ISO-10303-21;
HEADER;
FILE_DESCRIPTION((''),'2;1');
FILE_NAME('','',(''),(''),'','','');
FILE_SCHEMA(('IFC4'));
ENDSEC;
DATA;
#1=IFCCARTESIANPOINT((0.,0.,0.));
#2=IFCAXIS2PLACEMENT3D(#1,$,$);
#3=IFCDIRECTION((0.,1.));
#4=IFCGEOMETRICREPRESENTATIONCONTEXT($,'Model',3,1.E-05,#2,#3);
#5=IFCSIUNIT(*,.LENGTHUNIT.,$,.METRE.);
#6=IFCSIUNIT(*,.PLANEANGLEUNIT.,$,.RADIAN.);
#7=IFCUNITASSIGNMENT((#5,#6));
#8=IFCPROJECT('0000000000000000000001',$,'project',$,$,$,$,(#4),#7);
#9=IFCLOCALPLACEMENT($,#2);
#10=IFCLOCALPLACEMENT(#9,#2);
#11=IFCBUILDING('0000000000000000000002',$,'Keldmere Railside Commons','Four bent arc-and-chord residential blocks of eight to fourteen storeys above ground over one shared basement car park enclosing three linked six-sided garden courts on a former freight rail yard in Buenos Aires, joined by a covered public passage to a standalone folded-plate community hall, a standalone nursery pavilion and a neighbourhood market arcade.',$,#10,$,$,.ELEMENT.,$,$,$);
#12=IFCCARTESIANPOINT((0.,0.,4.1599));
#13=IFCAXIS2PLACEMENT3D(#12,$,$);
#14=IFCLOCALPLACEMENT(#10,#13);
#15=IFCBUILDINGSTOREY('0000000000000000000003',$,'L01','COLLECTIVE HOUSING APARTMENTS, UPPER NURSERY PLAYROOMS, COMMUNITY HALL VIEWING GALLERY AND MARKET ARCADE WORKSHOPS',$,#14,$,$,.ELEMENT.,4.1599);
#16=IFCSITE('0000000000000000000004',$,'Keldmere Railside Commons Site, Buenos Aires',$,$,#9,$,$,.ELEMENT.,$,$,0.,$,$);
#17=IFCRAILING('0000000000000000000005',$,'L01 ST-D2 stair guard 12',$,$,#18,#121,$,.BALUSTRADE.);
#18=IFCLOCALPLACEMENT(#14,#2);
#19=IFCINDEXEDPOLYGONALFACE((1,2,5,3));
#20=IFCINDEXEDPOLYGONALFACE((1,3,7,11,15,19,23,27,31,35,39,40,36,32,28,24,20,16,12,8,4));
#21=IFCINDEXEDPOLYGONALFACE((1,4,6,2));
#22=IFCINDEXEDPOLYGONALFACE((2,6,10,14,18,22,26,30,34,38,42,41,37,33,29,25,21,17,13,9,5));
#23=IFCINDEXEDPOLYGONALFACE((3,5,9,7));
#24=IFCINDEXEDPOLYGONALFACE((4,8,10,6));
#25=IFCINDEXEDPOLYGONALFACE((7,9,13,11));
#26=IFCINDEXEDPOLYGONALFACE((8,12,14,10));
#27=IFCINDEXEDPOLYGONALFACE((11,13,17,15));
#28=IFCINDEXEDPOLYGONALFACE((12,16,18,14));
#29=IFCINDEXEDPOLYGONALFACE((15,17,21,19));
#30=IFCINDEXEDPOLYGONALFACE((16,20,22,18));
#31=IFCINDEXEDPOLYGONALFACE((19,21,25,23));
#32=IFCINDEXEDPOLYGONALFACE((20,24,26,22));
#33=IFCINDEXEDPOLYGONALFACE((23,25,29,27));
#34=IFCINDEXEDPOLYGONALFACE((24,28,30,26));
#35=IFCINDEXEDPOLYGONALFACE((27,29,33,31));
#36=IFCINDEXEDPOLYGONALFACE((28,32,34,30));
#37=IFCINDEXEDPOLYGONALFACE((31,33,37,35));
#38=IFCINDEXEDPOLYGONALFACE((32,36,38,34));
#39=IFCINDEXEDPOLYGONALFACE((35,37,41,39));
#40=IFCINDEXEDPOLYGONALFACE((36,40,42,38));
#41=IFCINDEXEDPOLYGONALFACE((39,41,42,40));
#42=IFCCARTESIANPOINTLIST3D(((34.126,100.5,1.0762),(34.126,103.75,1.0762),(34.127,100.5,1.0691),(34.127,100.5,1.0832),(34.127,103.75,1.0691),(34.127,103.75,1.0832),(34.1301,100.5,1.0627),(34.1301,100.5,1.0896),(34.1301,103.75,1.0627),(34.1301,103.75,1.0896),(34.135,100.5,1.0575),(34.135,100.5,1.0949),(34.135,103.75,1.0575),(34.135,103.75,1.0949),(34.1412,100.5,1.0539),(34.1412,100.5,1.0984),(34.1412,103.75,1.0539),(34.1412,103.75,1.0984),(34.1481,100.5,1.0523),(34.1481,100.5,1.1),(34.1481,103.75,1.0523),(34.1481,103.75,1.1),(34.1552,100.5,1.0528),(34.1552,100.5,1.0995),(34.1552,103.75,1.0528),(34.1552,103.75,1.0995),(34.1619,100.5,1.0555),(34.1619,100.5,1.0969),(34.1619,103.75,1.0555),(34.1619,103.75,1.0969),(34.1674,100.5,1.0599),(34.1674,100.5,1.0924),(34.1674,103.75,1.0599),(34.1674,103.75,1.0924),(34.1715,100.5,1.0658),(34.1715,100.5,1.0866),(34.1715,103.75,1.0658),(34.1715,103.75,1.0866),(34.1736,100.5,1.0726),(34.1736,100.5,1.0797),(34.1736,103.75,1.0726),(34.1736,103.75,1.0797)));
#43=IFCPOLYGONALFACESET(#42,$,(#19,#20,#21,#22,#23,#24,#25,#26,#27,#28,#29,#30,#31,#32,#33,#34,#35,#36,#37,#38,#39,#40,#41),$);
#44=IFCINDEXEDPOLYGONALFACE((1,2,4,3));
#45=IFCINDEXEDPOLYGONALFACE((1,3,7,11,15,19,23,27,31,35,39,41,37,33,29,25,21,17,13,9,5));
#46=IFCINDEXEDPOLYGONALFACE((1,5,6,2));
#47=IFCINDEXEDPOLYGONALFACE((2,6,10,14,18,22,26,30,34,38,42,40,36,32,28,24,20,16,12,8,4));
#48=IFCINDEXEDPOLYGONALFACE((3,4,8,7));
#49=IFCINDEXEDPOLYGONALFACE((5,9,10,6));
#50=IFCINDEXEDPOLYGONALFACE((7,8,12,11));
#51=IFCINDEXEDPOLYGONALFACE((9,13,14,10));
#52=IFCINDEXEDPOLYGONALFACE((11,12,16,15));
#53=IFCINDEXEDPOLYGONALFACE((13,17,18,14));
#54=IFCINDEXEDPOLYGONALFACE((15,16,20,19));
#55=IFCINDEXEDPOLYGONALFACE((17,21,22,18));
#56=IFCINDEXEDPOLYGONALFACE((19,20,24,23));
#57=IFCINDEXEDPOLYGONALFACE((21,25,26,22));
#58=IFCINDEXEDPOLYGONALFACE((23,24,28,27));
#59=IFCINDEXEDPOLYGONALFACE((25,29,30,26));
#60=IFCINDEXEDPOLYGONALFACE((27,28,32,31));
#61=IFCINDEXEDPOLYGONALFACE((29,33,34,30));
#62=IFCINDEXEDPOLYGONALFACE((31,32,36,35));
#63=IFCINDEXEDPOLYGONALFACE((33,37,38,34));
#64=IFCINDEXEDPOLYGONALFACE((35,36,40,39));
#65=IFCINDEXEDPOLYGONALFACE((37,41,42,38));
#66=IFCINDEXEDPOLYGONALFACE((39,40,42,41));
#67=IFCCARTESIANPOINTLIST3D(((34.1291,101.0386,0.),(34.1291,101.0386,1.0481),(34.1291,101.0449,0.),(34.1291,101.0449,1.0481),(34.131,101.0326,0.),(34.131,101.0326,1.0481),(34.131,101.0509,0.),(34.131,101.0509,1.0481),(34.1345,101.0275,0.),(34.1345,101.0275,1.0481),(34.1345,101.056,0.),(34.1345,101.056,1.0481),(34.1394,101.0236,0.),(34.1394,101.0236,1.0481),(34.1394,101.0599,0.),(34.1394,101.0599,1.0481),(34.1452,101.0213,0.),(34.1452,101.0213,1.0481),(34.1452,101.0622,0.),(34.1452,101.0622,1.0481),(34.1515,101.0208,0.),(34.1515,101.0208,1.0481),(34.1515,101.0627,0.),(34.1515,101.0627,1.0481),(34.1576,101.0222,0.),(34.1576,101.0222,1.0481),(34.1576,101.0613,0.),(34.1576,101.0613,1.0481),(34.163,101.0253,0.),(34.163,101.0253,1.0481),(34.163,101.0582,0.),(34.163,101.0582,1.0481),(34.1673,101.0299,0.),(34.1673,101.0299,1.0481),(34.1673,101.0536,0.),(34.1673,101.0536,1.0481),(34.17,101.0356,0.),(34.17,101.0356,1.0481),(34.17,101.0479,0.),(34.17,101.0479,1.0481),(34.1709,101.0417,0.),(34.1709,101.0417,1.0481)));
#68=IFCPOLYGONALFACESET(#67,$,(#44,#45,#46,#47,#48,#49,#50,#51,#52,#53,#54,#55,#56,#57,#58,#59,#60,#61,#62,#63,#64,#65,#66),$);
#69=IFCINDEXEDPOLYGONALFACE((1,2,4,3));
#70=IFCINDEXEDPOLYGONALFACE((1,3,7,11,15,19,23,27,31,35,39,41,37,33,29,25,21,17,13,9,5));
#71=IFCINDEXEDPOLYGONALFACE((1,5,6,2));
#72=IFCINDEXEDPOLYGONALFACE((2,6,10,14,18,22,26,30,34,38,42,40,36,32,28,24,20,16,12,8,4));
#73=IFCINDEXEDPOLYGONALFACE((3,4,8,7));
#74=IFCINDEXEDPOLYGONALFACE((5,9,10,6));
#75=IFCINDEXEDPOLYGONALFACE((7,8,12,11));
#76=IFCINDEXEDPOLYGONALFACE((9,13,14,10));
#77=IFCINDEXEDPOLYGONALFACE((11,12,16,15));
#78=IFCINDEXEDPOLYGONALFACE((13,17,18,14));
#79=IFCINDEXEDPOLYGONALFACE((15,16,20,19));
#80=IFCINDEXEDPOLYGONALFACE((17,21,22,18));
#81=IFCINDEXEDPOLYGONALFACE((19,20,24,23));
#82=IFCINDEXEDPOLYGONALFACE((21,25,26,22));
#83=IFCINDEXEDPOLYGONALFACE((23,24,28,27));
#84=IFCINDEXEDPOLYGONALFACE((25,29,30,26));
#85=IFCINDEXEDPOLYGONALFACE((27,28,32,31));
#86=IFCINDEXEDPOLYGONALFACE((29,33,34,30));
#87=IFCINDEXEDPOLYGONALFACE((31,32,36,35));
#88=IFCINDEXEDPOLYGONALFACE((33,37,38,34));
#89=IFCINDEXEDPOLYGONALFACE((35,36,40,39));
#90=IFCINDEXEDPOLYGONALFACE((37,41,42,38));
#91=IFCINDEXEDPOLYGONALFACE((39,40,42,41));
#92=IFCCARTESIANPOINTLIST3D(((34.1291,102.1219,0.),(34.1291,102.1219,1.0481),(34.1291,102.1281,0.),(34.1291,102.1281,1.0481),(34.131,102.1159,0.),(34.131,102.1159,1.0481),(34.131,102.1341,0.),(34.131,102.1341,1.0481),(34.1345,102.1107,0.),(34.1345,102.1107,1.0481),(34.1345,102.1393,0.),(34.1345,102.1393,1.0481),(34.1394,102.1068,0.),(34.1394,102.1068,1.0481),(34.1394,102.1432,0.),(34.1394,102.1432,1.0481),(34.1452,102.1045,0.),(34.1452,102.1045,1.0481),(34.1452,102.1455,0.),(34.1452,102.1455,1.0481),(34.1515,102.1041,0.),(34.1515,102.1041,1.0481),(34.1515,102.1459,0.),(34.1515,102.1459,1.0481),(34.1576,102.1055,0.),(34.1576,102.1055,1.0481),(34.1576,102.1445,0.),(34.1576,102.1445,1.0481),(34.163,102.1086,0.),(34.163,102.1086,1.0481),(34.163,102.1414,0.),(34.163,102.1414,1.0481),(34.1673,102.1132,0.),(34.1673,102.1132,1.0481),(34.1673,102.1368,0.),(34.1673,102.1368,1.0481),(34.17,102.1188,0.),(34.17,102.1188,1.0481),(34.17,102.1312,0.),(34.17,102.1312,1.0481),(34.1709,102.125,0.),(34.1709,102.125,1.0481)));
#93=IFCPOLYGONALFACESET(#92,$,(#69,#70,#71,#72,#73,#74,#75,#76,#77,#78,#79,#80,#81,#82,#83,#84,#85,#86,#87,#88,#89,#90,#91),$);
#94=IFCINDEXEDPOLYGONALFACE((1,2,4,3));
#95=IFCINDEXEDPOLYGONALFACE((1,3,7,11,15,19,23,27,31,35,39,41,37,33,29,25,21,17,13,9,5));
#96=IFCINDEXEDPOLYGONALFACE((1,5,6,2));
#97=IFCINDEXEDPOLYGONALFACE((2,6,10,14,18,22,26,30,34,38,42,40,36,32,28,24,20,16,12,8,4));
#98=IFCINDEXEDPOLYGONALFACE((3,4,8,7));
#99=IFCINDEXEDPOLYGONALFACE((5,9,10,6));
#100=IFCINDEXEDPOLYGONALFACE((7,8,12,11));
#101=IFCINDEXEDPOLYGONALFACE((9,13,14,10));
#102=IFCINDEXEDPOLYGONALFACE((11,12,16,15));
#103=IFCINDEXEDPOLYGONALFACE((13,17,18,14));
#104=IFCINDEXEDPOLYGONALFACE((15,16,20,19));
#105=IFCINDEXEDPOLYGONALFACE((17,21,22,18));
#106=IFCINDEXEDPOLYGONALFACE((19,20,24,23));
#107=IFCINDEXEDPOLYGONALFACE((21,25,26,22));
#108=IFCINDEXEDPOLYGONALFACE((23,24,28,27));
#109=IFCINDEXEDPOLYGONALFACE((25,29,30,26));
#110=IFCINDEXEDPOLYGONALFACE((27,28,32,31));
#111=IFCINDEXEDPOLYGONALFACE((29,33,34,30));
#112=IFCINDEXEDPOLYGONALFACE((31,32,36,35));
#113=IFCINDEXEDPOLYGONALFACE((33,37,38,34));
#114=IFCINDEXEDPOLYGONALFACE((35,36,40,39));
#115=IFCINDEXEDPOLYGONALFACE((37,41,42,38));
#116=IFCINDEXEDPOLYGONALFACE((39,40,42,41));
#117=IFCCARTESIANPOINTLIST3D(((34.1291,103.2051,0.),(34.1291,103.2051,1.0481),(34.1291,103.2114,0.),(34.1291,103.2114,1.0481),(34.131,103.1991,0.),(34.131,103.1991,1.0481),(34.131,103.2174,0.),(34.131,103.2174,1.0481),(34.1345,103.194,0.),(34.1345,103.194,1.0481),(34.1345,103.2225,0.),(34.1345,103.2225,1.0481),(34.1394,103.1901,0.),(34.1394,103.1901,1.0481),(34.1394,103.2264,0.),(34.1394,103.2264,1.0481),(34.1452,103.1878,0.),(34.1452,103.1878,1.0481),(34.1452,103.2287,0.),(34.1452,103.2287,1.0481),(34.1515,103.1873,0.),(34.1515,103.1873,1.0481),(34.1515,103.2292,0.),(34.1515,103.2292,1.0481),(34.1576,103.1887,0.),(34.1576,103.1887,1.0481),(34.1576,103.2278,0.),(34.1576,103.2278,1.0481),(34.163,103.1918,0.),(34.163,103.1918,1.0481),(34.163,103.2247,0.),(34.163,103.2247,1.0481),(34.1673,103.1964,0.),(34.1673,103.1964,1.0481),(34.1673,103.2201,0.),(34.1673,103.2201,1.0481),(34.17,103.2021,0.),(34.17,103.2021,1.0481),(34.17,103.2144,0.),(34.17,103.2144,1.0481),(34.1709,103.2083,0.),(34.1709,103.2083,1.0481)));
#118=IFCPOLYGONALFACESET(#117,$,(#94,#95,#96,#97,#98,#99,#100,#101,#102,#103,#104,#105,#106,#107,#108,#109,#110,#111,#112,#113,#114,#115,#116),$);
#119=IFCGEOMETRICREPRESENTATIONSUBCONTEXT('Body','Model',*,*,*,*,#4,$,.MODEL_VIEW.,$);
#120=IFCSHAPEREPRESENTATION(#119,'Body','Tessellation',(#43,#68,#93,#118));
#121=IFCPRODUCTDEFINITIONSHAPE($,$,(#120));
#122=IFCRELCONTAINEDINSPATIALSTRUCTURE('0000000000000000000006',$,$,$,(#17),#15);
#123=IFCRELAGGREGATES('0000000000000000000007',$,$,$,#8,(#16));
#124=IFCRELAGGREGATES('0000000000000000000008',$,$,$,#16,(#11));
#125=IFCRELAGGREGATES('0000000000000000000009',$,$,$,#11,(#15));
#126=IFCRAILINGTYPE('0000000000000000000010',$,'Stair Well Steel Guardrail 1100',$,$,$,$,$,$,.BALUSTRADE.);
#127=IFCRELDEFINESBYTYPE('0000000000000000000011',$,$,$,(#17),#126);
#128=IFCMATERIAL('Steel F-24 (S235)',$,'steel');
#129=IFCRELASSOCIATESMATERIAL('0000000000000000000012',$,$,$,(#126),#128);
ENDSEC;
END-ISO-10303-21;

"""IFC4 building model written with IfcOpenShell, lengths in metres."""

from ifc_helpers import new_model, si_unit, direction, frame, origin, origin_2d, place, context, subcontext, project, spatial, circle, extrude, material, type_object, element, save


model = new_model("IFC4")

# Units and contexts
model_context = context("Model", 3, precision=1e-05, world=origin(), true_north=direction((0.0, 1.0)))
body_context = subcontext(model_context, "Body", "Model", "MODEL_VIEW")
ifc_project = project(units=[si_unit("LENGTHUNIT", "METRE"), si_unit("PLANEANGLEUNIT", "RADIAN")], contexts=[model_context])

# Site, building, storey
site_placement = place(None, origin())
site = spatial("IfcSite", under=ifc_project, at=site_placement, Name="Keldmere Railside Commons Site, Buenos Aires", CompositionType="ELEMENT", RefElevation=0.0)
building_placement = place(site_placement, origin())
building = spatial("IfcBuilding", under=site, at=building_placement, Name="Keldmere Railside Commons", Description="Four bent arc-and-chord residential blocks of eight to fourteen storeys above ground over one shared basement car park enclosing three linked six-sided garden courts on a former freight rail yard in Buenos Aires, joined by a covered public passage to a standalone folded-plate community hall, a standalone nursery pavilion and a neighbourhood market arcade.", CompositionType="ELEMENT")
storey_placement = place(building_placement, frame((0.0, 0.0, 4.1599)))
storey = spatial("IfcBuildingStorey", under=building, at=storey_placement, Name="L01", Description="COLLECTIVE HOUSING APARTMENTS, UPPER NURSERY PLAYROOMS, COMMUNITY HALL VIEWING GALLERY AND MARKET ARCADE WORKSHOPS", CompositionType="ELEMENT", Elevation=4.1599)

# Shared definitions
ifc_material_1 = material(Name="Steel F-24 (S235)", Category="steel")

# Railing
railing_type_1 = type_object("IfcRailingType", Name="Stair Well Steel Guardrail 1100", PredefinedType="BALUSTRADE", material=ifc_material_1)
railing_1_placement = place(storey_placement, frame((34.1499, 100.5, 0.0)))
element("IfcRailing", 1, at=railing_1_placement, inside=storey, type_object=railing_type_1, Name="L01 ST-D2 stair guard 12", PredefinedType="BALUSTRADE", context=body_context, shape_type="SweptSolid", body=[
    extrude(circle(Radius=0.0239, at=origin_2d()), frame((0.0, 0.0, 1.0762), z_axis=(0.0, 1.0, 0.0), x_axis=(-1.0, 0.0, 0.0)), (0.0, 0.0, 1.0), 3.25),
    extrude(circle(Radius=0.021, at=origin_2d()), frame((0.0, 0.5417, 0.0)), (0.0, 0.0, 1.0), 1.0481),
    extrude(circle(Radius=0.021, at=origin_2d()), frame((0.0, 1.625, 0.0)), (0.0, 0.0, 1.0), 1.0481),
    extrude(circle(Radius=0.021, at=origin_2d()), frame((0.0, 2.7083, 0.0)), (0.0, 0.0, 1.0), 1.0481),
])

save(model, "model.ifc")
